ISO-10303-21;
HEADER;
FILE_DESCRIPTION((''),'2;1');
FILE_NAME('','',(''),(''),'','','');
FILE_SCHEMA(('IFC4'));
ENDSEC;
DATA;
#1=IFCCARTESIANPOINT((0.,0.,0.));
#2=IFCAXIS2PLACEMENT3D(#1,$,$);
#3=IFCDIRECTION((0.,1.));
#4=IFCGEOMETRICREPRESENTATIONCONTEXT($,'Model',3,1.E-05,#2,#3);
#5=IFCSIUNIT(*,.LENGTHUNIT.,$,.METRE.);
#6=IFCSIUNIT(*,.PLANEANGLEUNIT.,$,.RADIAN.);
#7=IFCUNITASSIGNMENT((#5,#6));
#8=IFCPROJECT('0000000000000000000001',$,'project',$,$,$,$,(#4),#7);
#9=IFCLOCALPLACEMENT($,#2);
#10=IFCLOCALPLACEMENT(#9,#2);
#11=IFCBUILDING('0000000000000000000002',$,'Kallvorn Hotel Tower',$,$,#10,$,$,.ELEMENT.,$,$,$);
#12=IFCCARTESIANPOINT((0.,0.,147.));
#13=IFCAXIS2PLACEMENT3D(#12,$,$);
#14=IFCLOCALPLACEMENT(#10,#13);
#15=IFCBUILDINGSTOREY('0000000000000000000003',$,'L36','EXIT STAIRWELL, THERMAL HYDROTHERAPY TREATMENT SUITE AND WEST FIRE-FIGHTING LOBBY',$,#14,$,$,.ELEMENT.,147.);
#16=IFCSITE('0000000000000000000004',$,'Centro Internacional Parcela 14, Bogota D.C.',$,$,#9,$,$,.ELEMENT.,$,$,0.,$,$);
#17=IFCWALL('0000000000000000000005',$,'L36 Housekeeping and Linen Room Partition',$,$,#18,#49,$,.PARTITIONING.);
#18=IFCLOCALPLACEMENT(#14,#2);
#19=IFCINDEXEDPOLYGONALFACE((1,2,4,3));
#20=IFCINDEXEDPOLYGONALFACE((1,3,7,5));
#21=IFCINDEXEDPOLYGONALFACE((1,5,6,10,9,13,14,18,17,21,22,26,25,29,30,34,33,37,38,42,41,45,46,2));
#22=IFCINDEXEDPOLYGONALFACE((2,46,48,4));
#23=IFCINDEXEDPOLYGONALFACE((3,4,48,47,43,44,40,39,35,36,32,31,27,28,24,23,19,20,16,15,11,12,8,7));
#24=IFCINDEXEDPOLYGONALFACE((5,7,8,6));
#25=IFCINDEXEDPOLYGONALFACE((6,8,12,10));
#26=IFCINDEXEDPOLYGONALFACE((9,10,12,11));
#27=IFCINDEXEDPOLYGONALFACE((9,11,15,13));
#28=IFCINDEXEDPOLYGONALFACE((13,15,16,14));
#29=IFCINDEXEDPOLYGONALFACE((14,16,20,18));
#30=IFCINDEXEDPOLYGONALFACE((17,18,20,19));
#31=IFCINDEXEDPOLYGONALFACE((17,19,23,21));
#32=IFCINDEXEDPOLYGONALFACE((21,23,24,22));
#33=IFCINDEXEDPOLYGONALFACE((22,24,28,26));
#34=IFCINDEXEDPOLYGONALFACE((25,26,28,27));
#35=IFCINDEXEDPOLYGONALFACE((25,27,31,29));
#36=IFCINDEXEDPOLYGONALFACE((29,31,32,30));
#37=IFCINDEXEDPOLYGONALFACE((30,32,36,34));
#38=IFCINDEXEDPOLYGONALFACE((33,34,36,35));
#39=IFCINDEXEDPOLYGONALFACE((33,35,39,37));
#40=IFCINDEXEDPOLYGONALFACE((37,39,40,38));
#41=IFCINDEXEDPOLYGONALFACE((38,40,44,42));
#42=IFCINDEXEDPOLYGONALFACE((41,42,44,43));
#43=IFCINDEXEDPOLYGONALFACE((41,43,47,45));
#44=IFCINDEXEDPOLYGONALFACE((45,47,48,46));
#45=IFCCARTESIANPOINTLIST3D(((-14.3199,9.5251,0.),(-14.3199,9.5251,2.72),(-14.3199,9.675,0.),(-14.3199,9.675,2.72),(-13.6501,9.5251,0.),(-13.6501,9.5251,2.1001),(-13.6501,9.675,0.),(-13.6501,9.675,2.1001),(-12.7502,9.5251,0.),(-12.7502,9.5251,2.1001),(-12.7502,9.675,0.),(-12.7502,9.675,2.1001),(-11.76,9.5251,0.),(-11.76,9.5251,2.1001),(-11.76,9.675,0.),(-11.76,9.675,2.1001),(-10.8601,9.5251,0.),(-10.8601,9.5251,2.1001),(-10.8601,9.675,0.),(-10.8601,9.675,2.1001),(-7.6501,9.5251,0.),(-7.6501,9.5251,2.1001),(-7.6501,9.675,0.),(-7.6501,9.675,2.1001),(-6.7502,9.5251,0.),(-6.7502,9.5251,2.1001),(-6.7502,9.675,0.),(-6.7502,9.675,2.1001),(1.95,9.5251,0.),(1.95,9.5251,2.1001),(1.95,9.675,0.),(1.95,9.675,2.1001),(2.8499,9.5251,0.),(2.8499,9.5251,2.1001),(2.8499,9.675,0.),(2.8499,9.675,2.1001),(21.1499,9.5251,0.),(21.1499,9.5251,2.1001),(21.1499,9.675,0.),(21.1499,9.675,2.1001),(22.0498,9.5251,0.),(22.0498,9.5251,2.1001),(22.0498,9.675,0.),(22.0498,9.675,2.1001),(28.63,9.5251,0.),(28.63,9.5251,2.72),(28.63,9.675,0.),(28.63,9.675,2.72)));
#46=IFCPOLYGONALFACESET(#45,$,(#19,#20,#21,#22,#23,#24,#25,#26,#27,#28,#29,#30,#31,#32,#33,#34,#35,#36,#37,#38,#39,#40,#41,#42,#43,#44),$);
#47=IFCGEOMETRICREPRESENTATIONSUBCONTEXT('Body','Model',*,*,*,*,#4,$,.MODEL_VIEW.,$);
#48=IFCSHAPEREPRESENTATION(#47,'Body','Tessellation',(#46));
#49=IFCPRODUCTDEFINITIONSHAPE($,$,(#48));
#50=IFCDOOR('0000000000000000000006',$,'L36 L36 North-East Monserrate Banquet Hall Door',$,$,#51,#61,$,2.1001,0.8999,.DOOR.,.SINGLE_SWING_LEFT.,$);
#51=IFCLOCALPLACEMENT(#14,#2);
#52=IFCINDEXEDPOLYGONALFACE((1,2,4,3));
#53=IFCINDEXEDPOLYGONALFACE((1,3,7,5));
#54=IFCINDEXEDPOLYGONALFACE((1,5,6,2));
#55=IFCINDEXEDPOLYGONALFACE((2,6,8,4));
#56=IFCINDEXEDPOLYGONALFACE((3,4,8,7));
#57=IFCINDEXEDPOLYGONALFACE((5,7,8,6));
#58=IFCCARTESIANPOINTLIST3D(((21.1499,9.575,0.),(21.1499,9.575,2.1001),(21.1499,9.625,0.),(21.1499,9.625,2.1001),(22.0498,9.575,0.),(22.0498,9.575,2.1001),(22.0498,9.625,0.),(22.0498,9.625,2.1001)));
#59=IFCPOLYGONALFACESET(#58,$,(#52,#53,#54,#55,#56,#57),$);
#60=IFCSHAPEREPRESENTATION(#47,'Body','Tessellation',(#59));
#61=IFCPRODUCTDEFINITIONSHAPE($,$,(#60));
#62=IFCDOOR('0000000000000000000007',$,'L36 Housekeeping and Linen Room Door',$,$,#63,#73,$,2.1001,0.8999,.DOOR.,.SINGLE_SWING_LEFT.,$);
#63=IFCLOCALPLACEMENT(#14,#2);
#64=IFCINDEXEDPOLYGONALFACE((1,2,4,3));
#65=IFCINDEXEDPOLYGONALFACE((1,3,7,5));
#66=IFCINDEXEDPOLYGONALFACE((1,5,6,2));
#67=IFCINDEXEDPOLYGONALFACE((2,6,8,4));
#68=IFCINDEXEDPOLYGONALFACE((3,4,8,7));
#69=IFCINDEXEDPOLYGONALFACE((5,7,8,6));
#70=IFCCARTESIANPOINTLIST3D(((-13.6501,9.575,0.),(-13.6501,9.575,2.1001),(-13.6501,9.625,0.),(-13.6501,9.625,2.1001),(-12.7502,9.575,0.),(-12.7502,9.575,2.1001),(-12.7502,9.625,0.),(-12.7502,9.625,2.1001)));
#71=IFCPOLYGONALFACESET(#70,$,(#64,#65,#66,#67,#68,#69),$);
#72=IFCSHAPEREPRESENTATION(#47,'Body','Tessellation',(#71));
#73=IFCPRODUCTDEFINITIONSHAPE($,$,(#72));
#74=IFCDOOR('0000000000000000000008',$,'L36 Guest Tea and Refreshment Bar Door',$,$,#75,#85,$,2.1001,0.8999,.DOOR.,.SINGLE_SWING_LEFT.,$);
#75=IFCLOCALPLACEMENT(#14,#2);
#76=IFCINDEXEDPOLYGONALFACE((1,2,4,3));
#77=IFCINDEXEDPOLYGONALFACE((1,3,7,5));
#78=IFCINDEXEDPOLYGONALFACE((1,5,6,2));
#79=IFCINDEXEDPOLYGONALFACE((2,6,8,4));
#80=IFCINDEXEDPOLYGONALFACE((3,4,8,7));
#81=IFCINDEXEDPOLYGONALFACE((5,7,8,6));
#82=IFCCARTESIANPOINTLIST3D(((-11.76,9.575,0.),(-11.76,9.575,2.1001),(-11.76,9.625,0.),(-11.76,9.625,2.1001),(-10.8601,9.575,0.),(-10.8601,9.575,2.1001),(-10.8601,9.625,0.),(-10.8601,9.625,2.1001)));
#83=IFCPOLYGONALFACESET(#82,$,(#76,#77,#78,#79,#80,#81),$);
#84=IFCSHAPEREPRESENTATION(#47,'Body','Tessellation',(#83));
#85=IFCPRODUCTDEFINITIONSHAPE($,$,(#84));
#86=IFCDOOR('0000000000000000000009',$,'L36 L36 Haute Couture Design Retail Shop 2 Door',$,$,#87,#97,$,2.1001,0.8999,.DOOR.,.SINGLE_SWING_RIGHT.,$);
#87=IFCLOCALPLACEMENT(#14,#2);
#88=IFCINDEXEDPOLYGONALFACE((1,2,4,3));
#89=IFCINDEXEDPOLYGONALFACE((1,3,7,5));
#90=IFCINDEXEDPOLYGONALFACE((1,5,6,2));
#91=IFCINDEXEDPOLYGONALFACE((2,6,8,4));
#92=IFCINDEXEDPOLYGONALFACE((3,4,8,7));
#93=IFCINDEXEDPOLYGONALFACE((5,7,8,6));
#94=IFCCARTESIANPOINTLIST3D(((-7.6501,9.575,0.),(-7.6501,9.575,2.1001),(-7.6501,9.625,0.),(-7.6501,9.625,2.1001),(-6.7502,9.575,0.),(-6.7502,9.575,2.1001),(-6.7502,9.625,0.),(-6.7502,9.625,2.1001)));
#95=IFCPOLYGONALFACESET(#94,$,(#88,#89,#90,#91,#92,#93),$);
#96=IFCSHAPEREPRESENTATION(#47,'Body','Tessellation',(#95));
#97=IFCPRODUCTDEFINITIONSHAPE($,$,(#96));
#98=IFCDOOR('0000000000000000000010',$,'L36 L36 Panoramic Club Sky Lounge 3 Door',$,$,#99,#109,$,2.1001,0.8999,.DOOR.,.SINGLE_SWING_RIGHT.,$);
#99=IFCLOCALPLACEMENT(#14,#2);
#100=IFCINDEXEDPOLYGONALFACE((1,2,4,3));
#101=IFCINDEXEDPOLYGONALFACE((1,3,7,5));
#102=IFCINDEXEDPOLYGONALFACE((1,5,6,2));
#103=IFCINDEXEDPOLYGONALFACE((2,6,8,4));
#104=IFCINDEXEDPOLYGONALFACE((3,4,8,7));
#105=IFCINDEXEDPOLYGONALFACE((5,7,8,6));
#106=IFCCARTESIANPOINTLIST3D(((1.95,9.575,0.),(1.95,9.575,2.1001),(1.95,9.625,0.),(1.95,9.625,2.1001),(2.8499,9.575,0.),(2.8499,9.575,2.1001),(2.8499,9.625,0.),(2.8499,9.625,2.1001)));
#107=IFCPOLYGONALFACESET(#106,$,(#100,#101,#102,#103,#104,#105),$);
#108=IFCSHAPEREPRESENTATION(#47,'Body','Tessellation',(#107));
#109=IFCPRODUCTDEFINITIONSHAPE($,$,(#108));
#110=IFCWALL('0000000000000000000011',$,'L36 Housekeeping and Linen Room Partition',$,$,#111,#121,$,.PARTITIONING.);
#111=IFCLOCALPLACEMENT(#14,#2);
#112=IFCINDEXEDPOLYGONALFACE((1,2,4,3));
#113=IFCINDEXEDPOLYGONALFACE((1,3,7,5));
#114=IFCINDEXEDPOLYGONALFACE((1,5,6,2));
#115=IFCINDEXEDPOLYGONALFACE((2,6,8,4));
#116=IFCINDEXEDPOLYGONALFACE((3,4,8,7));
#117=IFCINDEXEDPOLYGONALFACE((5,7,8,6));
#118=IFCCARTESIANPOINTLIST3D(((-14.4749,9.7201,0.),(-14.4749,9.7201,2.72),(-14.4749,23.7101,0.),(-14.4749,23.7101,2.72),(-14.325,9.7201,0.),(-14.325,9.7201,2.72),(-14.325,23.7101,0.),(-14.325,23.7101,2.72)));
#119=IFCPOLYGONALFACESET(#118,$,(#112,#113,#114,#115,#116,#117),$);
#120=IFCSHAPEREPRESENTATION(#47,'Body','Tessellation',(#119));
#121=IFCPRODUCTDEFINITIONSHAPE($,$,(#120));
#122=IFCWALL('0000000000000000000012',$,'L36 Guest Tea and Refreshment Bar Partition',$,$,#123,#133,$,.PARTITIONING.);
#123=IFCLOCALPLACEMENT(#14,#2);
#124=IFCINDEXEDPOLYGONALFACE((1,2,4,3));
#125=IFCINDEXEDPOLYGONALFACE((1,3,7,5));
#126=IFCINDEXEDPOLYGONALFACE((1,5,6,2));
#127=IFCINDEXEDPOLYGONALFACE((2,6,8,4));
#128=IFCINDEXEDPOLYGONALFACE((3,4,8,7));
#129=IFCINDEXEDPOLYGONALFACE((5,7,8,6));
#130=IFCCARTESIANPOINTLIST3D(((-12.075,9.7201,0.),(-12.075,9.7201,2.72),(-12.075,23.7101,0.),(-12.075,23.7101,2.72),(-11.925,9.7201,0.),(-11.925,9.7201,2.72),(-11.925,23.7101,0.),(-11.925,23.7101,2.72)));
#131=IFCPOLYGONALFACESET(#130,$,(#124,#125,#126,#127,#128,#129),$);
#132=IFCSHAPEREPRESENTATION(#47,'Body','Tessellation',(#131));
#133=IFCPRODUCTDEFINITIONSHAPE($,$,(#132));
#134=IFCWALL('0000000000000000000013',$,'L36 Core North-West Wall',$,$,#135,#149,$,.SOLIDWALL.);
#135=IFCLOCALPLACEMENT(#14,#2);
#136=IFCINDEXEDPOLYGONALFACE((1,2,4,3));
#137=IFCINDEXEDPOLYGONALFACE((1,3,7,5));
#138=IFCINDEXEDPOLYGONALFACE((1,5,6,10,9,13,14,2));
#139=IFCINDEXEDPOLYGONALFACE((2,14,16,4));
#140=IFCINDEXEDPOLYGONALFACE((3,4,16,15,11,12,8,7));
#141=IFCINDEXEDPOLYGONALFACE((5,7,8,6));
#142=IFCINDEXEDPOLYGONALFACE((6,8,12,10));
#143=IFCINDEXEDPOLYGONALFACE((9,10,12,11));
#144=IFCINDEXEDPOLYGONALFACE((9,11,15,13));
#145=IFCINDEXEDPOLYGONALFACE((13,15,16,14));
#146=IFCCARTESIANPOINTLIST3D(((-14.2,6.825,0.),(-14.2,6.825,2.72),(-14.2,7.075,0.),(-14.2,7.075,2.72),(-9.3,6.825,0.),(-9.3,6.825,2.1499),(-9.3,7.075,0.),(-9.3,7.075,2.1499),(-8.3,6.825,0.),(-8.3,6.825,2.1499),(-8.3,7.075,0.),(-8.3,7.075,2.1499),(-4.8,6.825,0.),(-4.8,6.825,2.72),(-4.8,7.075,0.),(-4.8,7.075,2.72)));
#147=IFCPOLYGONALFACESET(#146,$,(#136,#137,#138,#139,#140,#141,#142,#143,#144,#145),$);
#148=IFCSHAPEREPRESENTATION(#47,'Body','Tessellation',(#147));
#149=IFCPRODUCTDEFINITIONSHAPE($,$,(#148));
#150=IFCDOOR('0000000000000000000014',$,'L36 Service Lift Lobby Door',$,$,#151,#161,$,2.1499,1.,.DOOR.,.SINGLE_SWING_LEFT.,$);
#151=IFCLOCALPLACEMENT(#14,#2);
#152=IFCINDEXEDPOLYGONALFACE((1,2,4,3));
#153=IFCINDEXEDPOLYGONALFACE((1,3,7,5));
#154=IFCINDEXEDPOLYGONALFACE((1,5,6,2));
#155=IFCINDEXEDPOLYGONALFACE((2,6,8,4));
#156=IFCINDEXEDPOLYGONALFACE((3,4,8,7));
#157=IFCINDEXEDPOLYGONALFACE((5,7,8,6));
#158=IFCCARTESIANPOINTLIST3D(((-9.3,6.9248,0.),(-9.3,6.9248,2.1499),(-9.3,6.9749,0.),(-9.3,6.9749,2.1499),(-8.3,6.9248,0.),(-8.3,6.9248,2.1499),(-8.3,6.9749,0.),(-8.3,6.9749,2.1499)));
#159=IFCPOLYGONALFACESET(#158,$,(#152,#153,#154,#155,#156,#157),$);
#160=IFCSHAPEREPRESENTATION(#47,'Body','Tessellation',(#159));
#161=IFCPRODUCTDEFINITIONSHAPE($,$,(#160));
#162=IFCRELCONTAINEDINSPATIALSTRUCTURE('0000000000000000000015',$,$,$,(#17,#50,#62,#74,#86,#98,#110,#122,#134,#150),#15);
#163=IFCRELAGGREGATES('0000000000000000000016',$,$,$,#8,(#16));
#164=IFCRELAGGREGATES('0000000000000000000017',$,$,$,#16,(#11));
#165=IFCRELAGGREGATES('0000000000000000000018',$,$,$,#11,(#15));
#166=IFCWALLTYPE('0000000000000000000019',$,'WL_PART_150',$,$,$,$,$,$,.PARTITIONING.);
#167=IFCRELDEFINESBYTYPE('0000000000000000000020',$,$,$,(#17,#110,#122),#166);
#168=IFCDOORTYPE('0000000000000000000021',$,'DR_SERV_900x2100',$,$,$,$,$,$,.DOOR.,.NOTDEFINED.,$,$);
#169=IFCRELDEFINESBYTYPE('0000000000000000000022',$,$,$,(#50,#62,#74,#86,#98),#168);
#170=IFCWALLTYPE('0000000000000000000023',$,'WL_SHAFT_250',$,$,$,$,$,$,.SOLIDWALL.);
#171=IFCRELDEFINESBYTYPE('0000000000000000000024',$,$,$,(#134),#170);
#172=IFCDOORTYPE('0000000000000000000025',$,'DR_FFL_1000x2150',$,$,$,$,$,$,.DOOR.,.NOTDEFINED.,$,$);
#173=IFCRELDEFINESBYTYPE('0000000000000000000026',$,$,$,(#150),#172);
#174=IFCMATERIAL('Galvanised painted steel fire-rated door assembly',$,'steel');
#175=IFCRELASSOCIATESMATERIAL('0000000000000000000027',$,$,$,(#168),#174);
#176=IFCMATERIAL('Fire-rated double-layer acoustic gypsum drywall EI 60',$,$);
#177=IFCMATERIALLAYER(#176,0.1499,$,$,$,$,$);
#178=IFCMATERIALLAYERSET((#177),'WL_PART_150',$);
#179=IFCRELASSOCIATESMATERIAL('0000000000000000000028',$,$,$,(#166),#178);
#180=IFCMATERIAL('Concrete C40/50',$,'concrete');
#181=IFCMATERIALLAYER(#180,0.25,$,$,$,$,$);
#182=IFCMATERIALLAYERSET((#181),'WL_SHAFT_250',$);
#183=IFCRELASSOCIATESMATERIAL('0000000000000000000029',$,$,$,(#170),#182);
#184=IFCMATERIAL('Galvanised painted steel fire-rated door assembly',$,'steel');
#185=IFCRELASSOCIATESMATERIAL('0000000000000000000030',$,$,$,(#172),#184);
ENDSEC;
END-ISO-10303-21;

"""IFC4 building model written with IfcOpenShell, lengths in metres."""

from ifc_helpers import new_model, si_unit, direction, frame, frame_2d, origin, place, context, subcontext, project, spatial, rectangle, extrude, material, layer, layer_set, type_object, element, fill, save


model = new_model("IFC4")

# Units and contexts
model_context = context("Model", 3, precision=1e-05, world=origin(), true_north=direction((0.0, 1.0)))
body_context = subcontext(model_context, "Body", "Model", "MODEL_VIEW")
ifc_project = project(units=[si_unit("LENGTHUNIT", "METRE"), si_unit("PLANEANGLEUNIT", "RADIAN")], contexts=[model_context])

# Site, building, storey
site_placement = place(None, origin())
site = spatial("IfcSite", under=ifc_project, at=site_placement, Name="Centro Internacional Parcela 14, Bogota D.C.", CompositionType="ELEMENT", RefElevation=0.0)
building_placement = place(site_placement, origin())
building = spatial("IfcBuilding", under=site, at=building_placement, Name="Kallvorn Hotel Tower", CompositionType="ELEMENT")
storey_placement = place(building_placement, frame((0.0, 0.0, 147.0)))
storey = spatial("IfcBuildingStorey", under=building, at=storey_placement, Name="L36", Description="EXIT STAIRWELL, THERMAL HYDROTHERAPY TREATMENT SUITE AND WEST FIRE-FIGHTING LOBBY", CompositionType="ELEMENT", Elevation=147.0)

# Shared definitions
ifc_material_1 = material(Name="Galvanised painted steel fire-rated door assembly", Category="steel")
door_type_1 = type_object("IfcDoorType", Name="DR_SERV_900x2100", OperationType="NOTDEFINED", PredefinedType="DOOR", material=ifc_material_1)

# Wall, openings, doors
ifc_material_2 = material(Name="Fire-rated double-layer acoustic gypsum drywall EI 60")
ifc_layer_1 = layer(ifc_material_2, 0.1499)
ifc_layer_set_1 = layer_set([ifc_layer_1], Name="WL_PART_150")
wall_type_1 = type_object("IfcWallType", Name="WL_PART_150", PredefinedType="PARTITIONING", material=ifc_layer_set_1)
wall_1_placement = place(storey_placement, frame((-14.3201, 9.6001, 0.0), z_axis=(0.0, 0.0, 1.0), x_axis=(1.0, 0.0, 0.0)))
wall_1 = element("IfcWall", 1, at=wall_1_placement, inside=storey, type_object=wall_type_1, Name="L36 Housekeeping and Linen Room Partition", PredefinedType="PARTITIONING", context=body_context, shape_type="SweptSolid", body=[
    extrude(rectangle(XDim=42.95, YDim=0.1499, at=frame_2d((21.4751, 0.0))), origin(), (0.0, 0.0, 1.0), 2.72),
])
opening_1_placement = place(wall_1_placement, frame((35.47, 0.0, 0.0)))
opening_1 = element("IfcOpeningElement", 2, at=opening_1_placement, cuts=wall_1, PredefinedType="OPENING", context=body_context, shape_type="SweptSolid", body=[
    extrude(rectangle(XDim=0.8999, YDim=2.1001, at=frame_2d((0.45, 1.05))), frame((0.0, 0.0898, 0.0), z_axis=(0.0, -1.0, 0.0), x_axis=(1.0, 0.0, 0.0)), (0.0, 0.0, 1.0), 0.1799),
])
opening_2_placement = place(wall_1_placement, frame((0.6699, 0.0, 0.0)))
opening_2 = element("IfcOpeningElement", 3, at=opening_2_placement, cuts=wall_1, PredefinedType="OPENING", context=body_context, shape_type="SweptSolid", body=[
    extrude(rectangle(XDim=0.8999, YDim=2.1001, at=frame_2d((0.45, 1.05))), frame((0.0, 0.0898, 0.0), z_axis=(0.0, -1.0, 0.0), x_axis=(1.0, 0.0, 0.0)), (0.0, 0.0, 1.0), 0.1799),
])
opening_3_placement = place(wall_1_placement, frame((2.5601, 0.0, 0.0)))
opening_3 = element("IfcOpeningElement", 4, at=opening_3_placement, cuts=wall_1, PredefinedType="OPENING", context=body_context, shape_type="SweptSolid", body=[
    extrude(rectangle(XDim=0.8999, YDim=2.1001, at=frame_2d((0.45, 1.05))), frame((0.0, 0.0898, 0.0), z_axis=(0.0, -1.0, 0.0), x_axis=(1.0, 0.0, 0.0)), (0.0, 0.0, 1.0), 0.1799),
])
opening_4_placement = place(wall_1_placement, frame((6.6699, 0.0, 0.0)))
opening_4 = element("IfcOpeningElement", 5, at=opening_4_placement, cuts=wall_1, PredefinedType="OPENING", context=body_context, shape_type="SweptSolid", body=[
    extrude(rectangle(XDim=0.8999, YDim=2.1001, at=frame_2d((0.45, 1.05))), frame((0.0, 0.0898, 0.0), z_axis=(0.0, -1.0, 0.0), x_axis=(1.0, 0.0, 0.0)), (0.0, 0.0, 1.0), 0.1799),
])
opening_5_placement = place(wall_1_placement, frame((16.27, 0.0, 0.0)))
opening_5 = element("IfcOpeningElement", 6, at=opening_5_placement, cuts=wall_1, PredefinedType="OPENING", context=body_context, shape_type="SweptSolid", body=[
    extrude(rectangle(XDim=0.8999, YDim=2.1001, at=frame_2d((0.45, 1.05))), frame((0.0, 0.0898, 0.0), z_axis=(0.0, -1.0, 0.0), x_axis=(1.0, 0.0, 0.0)), (0.0, 0.0, 1.0), 0.1799),
])
door_1_placement = place(opening_1_placement, origin())
door_1 = element("IfcDoor", 7, at=door_1_placement, inside=storey, type_object=door_type_1, Name="L36 L36 North-East Monserrate Banquet Hall Door", OperationType="SINGLE_SWING_LEFT", OverallHeight=2.1001, OverallWidth=0.8999, PredefinedType="DOOR", context=body_context, shape_type="SweptSolid", body=[
    extrude(rectangle(XDim=0.8999, YDim=2.1001, at=frame_2d((0.45, 1.05))), frame((0.0, 0.0249, 0.0), z_axis=(0.0, -1.0, 0.0), x_axis=(1.0, 0.0, 0.0)), (0.0, 0.0, 1.0), 0.05),
])
fill(opening_1, door_1)
door_2_placement = place(opening_2_placement, origin())
door_2 = element("IfcDoor", 8, at=door_2_placement, inside=storey, type_object=door_type_1, Name="L36 Housekeeping and Linen Room Door", OperationType="SINGLE_SWING_LEFT", OverallHeight=2.1001, OverallWidth=0.8999, PredefinedType="DOOR", context=body_context, shape_type="SweptSolid", body=[
    extrude(rectangle(XDim=0.8999, YDim=2.1001, at=frame_2d((0.45, 1.05))), frame((0.0, 0.0249, 0.0), z_axis=(0.0, -1.0, 0.0), x_axis=(1.0, 0.0, 0.0)), (0.0, 0.0, 1.0), 0.05),
])
fill(opening_2, door_2)
door_3_placement = place(opening_3_placement, origin())
door_3 = element("IfcDoor", 9, at=door_3_placement, inside=storey, type_object=door_type_1, Name="L36 Guest Tea and Refreshment Bar Door", OperationType="SINGLE_SWING_LEFT", OverallHeight=2.1001, OverallWidth=0.8999, PredefinedType="DOOR", context=body_context, shape_type="SweptSolid", body=[
    extrude(rectangle(XDim=0.8999, YDim=2.1001, at=frame_2d((0.45, 1.05))), frame((0.0, 0.0249, 0.0), z_axis=(0.0, -1.0, 0.0), x_axis=(1.0, 0.0, 0.0)), (0.0, 0.0, 1.0), 0.05),
])
fill(opening_3, door_3)
door_4_placement = place(opening_4_placement, origin())
door_4 = element("IfcDoor", 10, at=door_4_placement, inside=storey, type_object=door_type_1, Name="L36 L36 Haute Couture Design Retail Shop 2 Door", OperationType="SINGLE_SWING_RIGHT", OverallHeight=2.1001, OverallWidth=0.8999, PredefinedType="DOOR", context=body_context, shape_type="SweptSolid", body=[
    extrude(rectangle(XDim=0.8999, YDim=2.1001, at=frame_2d((0.45, 1.05))), frame((0.0, 0.0249, 0.0), z_axis=(0.0, -1.0, 0.0), x_axis=(1.0, 0.0, 0.0)), (0.0, 0.0, 1.0), 0.05),
])
fill(opening_4, door_4)
door_5_placement = place(opening_5_placement, origin())
door_5 = element("IfcDoor", 11, at=door_5_placement, inside=storey, type_object=door_type_1, Name="L36 L36 Panoramic Club Sky Lounge 3 Door", OperationType="SINGLE_SWING_RIGHT", OverallHeight=2.1001, OverallWidth=0.8999, PredefinedType="DOOR", context=body_context, shape_type="SweptSolid", body=[
    extrude(rectangle(XDim=0.8999, YDim=2.1001, at=frame_2d((0.45, 1.05))), frame((0.0, 0.0249, 0.0), z_axis=(0.0, -1.0, 0.0), x_axis=(1.0, 0.0, 0.0)), (0.0, 0.0, 1.0), 0.05),
])
fill(opening_5, door_5)

# Walls
for number, where, z_axis, x_axis, name in (
    (12, (-14.3999, 9.72, 0.0), (0.0, 0.0, 1.0), (0.0, 1.0, 0.0), "L36 Housekeeping and Linen Room Partition"),
    (13, (-12.0, 9.72, 0.0), (0.0, 0.0, 1.0), (0.0, 1.0, 0.0), "L36 Guest Tea and Refreshment Bar Partition"),
):
    element("IfcWall", number, at=place(storey_placement, frame(where, z_axis=z_axis, x_axis=x_axis)), inside=storey, type_object=wall_type_1, Name=name, PredefinedType="PARTITIONING", context=body_context, shape_type="SweptSolid", body=[
        extrude(rectangle(XDim=13.99, YDim=0.1499, at=frame_2d((6.9951, 0.0))), origin(), (0.0, 0.0, 1.0), 2.72),
    ])

# Wall, opening, door
ifc_material_3 = material(Name="Concrete C40/50", Category="concrete")
ifc_layer_2 = layer(ifc_material_3, 0.25)
ifc_layer_set_2 = layer_set([ifc_layer_2], Name="WL_SHAFT_250")
wall_type_2 = type_object("IfcWallType", Name="WL_SHAFT_250", PredefinedType="SOLIDWALL", material=ifc_layer_set_2)
wall_2_placement = place(storey_placement, frame((-14.2, 6.95, 0.0), z_axis=(0.0, 0.0, 1.0), x_axis=(1.0, 0.0, 0.0)))
wall_2 = element("IfcWall", 14, at=wall_2_placement, inside=storey, type_object=wall_type_2, Name="L36 Core North-West Wall", PredefinedType="SOLIDWALL", context=body_context, shape_type="SweptSolid", body=[
    extrude(rectangle(XDim=9.3999, YDim=0.25, at=frame_2d((4.7, 0.0))), origin(), (0.0, 0.0, 1.0), 2.72),
])
opening_6_placement = place(wall_2_placement, frame((4.8999, 0.0, 0.0)))
opening_6 = element("IfcOpeningElement", 15, at=opening_6_placement, cuts=wall_2, PredefinedType="OPENING", context=body_context, shape_type="SweptSolid", body=[
    extrude(rectangle(XDim=1.0, YDim=2.1499, at=frame_2d((0.5, 1.075))), frame((0.0, 0.1399, 0.0), z_axis=(0.0, -1.0, 0.0), x_axis=(1.0, 0.0, 0.0)), (0.0, 0.0, 1.0), 0.28),
])
ifc_material_4 = material(Name="Galvanised painted steel fire-rated door assembly", Category="steel")
door_type_2 = type_object("IfcDoorType", Name="DR_FFL_1000x2150", OperationType="NOTDEFINED", PredefinedType="DOOR", material=ifc_material_4)
door_6_placement = place(opening_6_placement, origin())
door_6 = element("IfcDoor", 16, at=door_6_placement, inside=storey, type_object=door_type_2, Name="L36 Service Lift Lobby Door", OperationType="SINGLE_SWING_LEFT", OverallHeight=2.1499, OverallWidth=1.0, PredefinedType="DOOR", context=body_context, shape_type="SweptSolid", body=[
    extrude(rectangle(XDim=1.0, YDim=2.1499, at=frame_2d((0.5, 1.075))), frame((0.0, 0.0249, 0.0), z_axis=(0.0, -1.0, 0.0), x_axis=(1.0, 0.0, 0.0)), (0.0, 0.0, 1.0), 0.05),
])
fill(opening_6, door_6)

save(model, "model.ifc")
